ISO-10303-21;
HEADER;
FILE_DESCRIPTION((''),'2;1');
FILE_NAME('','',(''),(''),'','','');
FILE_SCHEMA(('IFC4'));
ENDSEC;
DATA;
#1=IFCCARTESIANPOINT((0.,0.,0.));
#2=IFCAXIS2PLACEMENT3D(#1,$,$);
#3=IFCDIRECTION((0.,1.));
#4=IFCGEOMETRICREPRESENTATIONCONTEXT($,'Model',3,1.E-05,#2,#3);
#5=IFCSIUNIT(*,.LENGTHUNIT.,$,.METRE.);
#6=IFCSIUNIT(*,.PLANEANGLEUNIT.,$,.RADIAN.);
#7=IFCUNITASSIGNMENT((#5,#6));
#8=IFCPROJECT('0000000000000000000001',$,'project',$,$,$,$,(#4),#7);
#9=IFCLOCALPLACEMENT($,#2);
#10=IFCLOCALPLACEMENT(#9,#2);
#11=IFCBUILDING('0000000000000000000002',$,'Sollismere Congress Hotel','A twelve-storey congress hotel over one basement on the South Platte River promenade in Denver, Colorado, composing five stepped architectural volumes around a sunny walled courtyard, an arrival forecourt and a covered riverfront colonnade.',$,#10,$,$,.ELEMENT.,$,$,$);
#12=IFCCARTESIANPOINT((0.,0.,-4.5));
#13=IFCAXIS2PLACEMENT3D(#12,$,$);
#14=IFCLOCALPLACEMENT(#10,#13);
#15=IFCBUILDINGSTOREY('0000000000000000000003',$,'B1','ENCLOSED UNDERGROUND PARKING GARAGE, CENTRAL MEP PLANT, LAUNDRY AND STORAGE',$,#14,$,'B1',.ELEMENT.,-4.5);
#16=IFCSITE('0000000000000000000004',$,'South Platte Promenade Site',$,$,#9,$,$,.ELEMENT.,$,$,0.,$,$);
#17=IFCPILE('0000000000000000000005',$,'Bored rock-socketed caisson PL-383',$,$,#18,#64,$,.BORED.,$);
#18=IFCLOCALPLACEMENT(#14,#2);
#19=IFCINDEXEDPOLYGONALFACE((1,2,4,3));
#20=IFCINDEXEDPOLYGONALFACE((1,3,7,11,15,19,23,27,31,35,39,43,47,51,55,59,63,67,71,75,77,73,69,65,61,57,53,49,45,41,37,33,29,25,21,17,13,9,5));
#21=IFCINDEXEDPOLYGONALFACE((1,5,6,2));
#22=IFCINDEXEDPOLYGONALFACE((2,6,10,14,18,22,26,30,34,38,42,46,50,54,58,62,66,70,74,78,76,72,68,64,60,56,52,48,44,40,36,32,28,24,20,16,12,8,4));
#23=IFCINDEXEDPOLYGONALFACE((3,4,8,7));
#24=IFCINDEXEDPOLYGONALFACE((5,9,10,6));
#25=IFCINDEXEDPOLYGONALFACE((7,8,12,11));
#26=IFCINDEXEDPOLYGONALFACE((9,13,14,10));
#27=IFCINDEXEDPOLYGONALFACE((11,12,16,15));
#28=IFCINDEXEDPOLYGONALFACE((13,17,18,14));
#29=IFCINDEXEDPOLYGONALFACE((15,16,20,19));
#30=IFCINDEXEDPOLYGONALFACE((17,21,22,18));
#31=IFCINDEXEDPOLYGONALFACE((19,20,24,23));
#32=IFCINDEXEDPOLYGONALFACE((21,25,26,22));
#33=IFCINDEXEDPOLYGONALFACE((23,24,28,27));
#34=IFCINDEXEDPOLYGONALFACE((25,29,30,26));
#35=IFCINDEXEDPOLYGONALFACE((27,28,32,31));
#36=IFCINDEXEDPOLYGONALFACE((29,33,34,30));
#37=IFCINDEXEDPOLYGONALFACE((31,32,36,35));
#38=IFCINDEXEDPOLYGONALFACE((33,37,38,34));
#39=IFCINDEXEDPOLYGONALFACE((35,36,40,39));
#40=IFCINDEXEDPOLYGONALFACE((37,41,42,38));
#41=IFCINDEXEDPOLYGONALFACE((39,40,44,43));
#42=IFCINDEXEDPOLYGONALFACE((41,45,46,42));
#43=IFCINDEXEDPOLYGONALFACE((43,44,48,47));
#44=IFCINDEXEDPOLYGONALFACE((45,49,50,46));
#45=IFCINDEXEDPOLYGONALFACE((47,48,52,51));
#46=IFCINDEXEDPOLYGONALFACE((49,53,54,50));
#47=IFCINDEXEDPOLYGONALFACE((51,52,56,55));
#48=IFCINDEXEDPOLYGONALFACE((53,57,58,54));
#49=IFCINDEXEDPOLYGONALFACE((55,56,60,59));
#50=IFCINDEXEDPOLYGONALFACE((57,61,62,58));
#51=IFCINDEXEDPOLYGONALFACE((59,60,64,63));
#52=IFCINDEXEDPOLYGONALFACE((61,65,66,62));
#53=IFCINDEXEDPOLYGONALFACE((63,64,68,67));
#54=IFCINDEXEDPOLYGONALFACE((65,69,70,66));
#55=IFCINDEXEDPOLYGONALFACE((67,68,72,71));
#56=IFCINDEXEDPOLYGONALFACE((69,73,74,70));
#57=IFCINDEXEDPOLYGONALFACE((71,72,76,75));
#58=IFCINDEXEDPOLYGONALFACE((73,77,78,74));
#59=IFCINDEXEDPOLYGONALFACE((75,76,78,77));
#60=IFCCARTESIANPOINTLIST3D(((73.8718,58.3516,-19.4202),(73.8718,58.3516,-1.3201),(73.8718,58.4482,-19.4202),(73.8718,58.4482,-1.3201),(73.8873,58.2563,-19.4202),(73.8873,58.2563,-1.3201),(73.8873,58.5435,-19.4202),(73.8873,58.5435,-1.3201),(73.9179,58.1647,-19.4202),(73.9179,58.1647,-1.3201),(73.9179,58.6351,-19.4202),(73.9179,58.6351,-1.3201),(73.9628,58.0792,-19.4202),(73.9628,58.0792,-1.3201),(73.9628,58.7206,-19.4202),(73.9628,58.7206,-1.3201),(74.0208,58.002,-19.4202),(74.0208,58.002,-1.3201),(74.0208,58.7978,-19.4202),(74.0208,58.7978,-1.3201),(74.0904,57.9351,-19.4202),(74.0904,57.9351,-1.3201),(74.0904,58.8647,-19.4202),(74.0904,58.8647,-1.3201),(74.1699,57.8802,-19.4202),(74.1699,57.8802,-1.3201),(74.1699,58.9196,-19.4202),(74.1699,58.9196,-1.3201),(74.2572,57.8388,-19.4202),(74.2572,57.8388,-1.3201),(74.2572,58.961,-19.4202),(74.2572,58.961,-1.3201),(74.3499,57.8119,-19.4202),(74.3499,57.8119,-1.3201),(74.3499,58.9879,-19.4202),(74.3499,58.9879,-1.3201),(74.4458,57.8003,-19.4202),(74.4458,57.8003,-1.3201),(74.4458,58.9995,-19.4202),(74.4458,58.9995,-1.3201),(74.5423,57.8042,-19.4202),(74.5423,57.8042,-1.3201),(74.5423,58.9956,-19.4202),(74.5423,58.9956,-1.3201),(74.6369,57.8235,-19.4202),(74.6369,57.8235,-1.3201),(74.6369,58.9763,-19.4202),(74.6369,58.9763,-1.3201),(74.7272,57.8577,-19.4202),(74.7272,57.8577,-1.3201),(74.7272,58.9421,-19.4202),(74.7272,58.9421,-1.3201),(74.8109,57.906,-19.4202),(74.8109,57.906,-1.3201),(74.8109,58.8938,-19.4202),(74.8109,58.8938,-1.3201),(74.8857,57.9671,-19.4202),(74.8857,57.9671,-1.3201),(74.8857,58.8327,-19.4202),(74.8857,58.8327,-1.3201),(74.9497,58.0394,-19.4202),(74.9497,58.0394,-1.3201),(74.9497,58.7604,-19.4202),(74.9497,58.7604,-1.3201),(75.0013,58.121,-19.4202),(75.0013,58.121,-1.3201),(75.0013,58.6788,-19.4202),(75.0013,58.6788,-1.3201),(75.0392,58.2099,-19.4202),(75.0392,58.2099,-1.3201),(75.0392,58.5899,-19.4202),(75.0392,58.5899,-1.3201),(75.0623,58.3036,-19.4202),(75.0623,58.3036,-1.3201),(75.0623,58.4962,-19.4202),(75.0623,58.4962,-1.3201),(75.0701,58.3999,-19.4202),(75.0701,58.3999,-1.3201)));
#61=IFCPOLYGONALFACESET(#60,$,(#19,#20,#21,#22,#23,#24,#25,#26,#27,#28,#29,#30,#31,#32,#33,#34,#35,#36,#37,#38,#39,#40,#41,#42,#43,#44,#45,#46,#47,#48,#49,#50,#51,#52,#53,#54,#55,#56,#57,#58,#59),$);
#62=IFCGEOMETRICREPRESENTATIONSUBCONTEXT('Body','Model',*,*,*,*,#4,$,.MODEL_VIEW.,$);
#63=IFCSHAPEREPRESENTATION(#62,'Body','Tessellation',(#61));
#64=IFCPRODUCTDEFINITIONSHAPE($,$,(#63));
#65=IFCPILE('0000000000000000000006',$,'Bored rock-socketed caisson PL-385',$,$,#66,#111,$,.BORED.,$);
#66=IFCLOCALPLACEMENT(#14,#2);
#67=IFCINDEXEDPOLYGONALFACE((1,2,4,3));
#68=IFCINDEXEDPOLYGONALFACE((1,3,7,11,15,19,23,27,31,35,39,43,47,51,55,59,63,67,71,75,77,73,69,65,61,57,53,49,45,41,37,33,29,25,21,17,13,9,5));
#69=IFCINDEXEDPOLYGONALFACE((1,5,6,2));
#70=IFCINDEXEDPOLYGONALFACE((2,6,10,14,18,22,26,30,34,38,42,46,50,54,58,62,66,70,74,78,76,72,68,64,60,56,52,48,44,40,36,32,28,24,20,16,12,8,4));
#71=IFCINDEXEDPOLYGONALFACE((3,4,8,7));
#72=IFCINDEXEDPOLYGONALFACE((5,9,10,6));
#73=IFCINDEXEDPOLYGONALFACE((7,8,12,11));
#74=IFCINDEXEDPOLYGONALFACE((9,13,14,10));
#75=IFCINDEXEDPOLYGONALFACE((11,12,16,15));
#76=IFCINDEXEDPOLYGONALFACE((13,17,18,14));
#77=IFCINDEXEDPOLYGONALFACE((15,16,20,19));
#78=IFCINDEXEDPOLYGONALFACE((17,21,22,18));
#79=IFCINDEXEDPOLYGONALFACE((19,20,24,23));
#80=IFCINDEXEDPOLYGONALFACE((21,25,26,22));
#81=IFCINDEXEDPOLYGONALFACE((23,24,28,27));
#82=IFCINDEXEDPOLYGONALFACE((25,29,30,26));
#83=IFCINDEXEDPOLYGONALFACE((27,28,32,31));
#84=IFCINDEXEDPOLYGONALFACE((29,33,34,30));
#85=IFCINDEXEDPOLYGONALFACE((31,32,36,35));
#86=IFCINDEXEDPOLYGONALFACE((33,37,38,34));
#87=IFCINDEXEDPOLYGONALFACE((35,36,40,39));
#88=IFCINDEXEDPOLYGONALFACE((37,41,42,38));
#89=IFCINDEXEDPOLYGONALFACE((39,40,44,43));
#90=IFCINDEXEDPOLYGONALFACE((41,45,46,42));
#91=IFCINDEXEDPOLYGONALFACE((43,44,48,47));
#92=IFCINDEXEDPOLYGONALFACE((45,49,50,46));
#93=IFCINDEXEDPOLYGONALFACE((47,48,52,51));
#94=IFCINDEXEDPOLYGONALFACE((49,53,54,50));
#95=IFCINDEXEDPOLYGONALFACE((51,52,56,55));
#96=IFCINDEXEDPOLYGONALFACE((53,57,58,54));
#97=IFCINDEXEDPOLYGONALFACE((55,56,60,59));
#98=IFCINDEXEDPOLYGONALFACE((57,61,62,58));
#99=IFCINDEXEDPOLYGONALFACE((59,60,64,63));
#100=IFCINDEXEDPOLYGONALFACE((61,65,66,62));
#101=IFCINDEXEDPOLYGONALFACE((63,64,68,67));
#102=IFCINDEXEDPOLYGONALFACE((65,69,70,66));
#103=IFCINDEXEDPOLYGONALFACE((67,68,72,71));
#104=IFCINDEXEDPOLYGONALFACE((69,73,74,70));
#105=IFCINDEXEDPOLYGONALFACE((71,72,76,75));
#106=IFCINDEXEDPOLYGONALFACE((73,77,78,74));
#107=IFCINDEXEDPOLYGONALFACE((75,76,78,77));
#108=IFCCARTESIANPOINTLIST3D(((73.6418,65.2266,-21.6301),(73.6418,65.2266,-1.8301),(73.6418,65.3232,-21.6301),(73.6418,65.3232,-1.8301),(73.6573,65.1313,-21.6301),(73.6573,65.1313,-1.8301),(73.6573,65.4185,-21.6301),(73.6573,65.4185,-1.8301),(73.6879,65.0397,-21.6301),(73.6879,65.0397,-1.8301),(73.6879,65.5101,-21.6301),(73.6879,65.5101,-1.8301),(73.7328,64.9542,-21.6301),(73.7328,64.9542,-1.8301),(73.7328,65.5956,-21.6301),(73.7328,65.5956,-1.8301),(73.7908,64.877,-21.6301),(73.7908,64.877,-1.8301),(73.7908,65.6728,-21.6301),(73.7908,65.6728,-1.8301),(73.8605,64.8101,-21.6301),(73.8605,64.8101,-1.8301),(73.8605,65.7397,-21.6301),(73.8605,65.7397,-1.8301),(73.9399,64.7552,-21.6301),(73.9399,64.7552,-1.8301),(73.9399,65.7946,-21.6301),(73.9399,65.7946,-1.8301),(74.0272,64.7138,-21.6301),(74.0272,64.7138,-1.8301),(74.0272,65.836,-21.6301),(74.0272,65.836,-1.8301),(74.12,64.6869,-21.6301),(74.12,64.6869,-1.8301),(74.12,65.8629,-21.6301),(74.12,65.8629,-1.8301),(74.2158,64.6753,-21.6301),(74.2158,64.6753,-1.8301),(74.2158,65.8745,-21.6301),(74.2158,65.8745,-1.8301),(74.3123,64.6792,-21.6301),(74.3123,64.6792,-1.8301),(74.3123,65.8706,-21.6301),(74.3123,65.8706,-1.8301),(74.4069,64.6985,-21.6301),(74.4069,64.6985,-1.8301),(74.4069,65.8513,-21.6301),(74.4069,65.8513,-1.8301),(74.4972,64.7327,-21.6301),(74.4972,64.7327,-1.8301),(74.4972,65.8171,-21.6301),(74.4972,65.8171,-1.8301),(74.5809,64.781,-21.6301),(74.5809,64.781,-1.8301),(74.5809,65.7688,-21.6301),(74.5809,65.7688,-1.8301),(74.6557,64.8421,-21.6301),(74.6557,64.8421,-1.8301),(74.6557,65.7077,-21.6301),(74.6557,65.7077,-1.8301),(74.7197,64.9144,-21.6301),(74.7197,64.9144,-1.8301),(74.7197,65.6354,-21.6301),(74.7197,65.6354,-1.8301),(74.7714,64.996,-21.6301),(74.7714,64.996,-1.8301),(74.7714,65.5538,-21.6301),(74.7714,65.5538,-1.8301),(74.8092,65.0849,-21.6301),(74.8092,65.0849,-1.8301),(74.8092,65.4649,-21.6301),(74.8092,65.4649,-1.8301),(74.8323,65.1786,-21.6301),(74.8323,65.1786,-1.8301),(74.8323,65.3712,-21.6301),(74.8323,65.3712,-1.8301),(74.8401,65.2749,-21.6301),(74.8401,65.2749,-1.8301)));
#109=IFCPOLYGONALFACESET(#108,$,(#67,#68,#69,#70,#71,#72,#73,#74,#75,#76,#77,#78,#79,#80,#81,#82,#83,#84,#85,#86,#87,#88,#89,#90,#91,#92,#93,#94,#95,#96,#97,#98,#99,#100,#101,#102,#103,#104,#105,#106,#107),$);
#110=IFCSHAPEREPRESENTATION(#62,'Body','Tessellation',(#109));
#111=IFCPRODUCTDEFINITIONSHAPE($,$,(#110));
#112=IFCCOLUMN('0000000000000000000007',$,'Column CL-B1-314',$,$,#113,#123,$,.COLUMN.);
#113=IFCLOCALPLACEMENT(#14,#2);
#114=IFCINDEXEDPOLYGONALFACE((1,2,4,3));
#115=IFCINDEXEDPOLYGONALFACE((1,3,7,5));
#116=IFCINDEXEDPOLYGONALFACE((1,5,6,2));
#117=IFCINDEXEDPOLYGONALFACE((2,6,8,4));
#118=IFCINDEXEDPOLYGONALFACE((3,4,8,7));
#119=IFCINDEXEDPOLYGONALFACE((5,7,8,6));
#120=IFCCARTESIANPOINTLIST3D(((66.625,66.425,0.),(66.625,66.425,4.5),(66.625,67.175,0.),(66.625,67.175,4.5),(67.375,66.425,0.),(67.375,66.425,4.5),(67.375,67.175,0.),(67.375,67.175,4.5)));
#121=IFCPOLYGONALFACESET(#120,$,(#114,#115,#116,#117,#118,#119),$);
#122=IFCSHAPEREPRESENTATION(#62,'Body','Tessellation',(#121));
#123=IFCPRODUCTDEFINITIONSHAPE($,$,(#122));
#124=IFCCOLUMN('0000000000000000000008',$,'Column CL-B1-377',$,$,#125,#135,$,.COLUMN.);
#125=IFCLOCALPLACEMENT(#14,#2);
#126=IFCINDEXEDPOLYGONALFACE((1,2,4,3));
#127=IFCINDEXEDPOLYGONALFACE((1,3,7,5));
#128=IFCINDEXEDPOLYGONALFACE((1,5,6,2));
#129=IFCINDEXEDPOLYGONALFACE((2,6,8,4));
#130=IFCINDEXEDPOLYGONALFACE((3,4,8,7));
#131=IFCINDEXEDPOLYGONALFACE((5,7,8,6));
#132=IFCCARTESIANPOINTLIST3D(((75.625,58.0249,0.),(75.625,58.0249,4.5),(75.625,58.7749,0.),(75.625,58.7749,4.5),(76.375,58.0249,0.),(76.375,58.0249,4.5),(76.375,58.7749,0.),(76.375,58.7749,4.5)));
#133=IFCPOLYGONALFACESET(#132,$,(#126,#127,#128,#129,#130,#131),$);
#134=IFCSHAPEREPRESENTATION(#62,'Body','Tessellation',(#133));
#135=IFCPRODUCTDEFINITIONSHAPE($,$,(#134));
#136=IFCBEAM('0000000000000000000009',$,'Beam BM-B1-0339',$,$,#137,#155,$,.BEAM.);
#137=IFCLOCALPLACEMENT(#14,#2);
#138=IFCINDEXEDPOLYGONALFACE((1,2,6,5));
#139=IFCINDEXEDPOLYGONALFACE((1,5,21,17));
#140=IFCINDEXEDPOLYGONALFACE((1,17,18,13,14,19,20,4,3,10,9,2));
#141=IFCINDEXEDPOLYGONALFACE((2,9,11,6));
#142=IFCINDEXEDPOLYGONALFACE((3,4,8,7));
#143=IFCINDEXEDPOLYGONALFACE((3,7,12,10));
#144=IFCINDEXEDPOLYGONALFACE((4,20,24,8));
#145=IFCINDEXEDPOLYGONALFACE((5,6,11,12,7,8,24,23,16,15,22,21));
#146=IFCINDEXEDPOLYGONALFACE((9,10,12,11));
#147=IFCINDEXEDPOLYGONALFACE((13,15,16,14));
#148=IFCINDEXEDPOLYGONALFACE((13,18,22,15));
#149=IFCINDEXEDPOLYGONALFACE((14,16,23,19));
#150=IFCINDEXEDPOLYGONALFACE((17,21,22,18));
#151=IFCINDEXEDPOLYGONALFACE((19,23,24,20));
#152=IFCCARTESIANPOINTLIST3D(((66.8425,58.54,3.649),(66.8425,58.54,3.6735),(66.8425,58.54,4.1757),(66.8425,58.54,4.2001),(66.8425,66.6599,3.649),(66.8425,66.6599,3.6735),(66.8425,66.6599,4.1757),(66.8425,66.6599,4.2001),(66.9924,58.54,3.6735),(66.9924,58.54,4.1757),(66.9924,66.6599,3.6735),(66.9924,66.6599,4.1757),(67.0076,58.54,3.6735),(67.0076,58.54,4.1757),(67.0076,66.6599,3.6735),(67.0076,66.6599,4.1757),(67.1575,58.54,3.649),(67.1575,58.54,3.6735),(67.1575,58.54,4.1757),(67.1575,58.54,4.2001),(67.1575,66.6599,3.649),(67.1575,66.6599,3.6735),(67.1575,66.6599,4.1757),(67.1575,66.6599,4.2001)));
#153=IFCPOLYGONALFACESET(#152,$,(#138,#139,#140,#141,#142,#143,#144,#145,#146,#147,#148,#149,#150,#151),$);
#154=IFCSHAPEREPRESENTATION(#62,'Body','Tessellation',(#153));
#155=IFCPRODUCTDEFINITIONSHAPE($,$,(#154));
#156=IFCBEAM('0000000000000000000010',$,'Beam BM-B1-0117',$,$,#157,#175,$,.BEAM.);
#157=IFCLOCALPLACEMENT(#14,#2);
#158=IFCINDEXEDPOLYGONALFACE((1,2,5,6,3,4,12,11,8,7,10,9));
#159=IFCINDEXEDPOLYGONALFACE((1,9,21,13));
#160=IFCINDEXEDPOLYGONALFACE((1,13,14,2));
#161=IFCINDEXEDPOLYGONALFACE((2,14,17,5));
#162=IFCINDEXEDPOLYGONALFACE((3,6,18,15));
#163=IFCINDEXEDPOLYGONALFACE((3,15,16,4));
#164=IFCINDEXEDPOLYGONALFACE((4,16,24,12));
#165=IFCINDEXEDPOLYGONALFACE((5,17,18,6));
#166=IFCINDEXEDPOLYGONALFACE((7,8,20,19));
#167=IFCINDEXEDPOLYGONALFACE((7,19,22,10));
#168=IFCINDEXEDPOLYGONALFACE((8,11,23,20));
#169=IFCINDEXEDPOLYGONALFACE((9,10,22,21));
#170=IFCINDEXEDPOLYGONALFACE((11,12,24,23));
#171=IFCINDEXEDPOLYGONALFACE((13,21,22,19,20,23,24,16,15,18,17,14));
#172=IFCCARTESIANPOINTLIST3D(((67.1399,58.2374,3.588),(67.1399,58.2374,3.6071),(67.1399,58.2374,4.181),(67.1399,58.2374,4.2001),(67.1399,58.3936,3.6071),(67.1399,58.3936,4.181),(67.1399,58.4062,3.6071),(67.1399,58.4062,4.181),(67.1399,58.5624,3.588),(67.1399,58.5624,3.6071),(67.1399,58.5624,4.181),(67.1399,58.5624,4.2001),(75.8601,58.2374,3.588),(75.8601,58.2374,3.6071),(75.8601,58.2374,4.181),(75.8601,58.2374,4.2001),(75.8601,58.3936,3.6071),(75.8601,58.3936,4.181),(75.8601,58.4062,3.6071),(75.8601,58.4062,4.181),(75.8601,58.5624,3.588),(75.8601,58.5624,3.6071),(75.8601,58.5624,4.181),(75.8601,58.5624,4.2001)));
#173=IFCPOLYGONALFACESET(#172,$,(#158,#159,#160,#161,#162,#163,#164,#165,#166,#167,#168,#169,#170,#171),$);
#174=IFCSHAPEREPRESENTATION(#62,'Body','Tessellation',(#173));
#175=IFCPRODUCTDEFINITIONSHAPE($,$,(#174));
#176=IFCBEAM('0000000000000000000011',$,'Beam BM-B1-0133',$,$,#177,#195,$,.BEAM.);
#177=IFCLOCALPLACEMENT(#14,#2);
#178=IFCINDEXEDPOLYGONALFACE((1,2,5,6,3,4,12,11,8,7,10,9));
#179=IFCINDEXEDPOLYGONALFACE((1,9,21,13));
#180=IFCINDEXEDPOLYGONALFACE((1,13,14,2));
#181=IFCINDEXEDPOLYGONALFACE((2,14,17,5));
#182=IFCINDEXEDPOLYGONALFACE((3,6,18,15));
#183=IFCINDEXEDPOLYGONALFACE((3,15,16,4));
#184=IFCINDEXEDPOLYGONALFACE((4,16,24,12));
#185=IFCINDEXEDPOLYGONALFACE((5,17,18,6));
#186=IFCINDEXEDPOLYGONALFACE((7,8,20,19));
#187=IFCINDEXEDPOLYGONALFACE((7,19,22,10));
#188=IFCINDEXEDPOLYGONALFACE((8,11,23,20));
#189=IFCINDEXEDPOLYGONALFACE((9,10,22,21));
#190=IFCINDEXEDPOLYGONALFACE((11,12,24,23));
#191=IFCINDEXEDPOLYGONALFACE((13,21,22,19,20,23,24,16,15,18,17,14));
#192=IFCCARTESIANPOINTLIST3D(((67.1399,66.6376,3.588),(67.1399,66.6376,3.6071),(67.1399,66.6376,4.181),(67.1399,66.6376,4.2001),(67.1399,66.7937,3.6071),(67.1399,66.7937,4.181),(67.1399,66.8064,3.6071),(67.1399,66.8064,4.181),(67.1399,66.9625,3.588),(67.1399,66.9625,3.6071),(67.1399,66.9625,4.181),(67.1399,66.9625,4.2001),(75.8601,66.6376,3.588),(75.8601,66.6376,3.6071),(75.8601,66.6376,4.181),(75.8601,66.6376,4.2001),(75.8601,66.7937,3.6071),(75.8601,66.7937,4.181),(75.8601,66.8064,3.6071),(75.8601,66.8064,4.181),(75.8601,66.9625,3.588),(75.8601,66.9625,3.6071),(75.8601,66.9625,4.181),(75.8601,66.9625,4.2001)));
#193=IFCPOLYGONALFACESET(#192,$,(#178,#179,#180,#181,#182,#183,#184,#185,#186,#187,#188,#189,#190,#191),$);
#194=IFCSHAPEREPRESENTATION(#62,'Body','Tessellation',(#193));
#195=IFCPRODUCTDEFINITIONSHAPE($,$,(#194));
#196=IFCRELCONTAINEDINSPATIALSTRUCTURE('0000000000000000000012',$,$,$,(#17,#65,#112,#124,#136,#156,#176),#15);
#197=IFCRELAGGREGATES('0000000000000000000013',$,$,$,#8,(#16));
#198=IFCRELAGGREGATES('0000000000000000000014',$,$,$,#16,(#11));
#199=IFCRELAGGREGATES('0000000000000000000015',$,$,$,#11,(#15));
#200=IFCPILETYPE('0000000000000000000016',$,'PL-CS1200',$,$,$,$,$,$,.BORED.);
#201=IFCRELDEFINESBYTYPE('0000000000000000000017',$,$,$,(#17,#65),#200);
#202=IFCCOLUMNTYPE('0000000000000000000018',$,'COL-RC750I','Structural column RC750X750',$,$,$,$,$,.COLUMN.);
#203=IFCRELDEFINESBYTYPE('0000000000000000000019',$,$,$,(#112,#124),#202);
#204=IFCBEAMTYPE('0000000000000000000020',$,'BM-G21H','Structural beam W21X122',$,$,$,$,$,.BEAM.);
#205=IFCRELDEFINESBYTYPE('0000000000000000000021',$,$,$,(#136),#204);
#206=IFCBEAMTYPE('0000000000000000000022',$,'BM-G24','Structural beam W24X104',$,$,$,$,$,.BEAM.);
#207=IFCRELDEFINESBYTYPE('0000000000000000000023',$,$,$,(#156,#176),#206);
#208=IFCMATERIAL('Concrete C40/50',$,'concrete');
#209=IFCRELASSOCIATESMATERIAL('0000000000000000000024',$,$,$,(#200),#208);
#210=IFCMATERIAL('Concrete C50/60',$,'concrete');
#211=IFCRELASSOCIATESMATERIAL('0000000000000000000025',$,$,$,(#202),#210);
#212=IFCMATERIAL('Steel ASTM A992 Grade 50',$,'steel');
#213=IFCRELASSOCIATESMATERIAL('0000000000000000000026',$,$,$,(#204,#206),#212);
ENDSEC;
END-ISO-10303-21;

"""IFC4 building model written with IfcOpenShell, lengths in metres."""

from ifc_helpers import new_model, si_unit, direction, frame, origin, origin_2d, place, context, subcontext, project, spatial, rectangle, circle, i_section, extrude, material, material_profile, profile_set, type_object, element, save


model = new_model("IFC4")

# Units and contexts
model_context = context("Model", 3, precision=1e-05, world=origin(), true_north=direction((0.0, 1.0)))
body_context = subcontext(model_context, "Body", "Model", "MODEL_VIEW")
ifc_project = project(units=[si_unit("LENGTHUNIT", "METRE"), si_unit("PLANEANGLEUNIT", "RADIAN")], contexts=[model_context])

# Site, building, storey
site_placement = place(None, origin())
site = spatial("IfcSite", under=ifc_project, at=site_placement, Name="South Platte Promenade Site", CompositionType="ELEMENT", RefElevation=0.0)
building_placement = place(site_placement, origin())
building = spatial("IfcBuilding", under=site, at=building_placement, Name="Sollismere Congress Hotel", Description="A twelve-storey congress hotel over one basement on the South Platte River promenade in Denver, Colorado, composing five stepped architectural volumes around a sunny walled courtyard, an arrival forecourt and a covered riverfront colonnade.", CompositionType="ELEMENT")
storey_placement = place(building_placement, frame((0.0, 0.0, -4.5)))
storey = spatial("IfcBuildingStorey", under=building, at=storey_placement, Name="B1", Description="ENCLOSED UNDERGROUND PARKING GARAGE, CENTRAL MEP PLANT, LAUNDRY AND STORAGE", LongName="B1", CompositionType="ELEMENT", Elevation=-4.5)

# Shared definitions
ifc_material_1 = material(Name="Concrete C40/50", Category="concrete")

# Piles
ifc_material_profile_1 = material_profile(ifc_material_1, circle(Radius=0.6001, at=origin_2d()), Name="CAISSON1200")
ifc_profile_set_1 = profile_set([ifc_material_profile_1], Name="Concrete C40/50")
pile_type = type_object("IfcPileType", Name="PL-CS1200", PredefinedType="BORED", material=ifc_profile_set_1)
pile_1_placement = place(storey_placement, frame((74.47, 58.3999, -1.3201), z_axis=(0.0, 0.0, -1.0), x_axis=(1.0, 0.0, 0.0)))
element("IfcPile", 1, at=pile_1_placement, inside=storey, type_object=pile_type, Name="Bored rock-socketed caisson PL-383", PredefinedType="BORED", context=body_context, shape_type="SweptSolid", body=[
    extrude(circle(Radius=0.6001, at=origin_2d()), origin(), (0.0, 0.0, 1.0), 18.1001),
])
pile_2_placement = place(storey_placement, frame((74.24, 65.2749, -1.8301), z_axis=(0.0, 0.0, -1.0), x_axis=(1.0, 0.0, 0.0)))
element("IfcPile", 2, at=pile_2_placement, inside=storey, type_object=pile_type, Name="Bored rock-socketed caisson PL-385", PredefinedType="BORED", context=body_context, shape_type="SweptSolid", body=[
    extrude(circle(Radius=0.6001, at=origin_2d()), origin(), (0.0, 0.0, 1.0), 19.8),
])

# Columns
ifc_material_2 = material(Name="Concrete C50/60", Category="concrete")
ifc_material_profile_2 = material_profile(ifc_material_2, rectangle(XDim=0.75, YDim=0.75, at=origin_2d()), Name="RC750X750")
ifc_profile_set_2 = profile_set([ifc_material_profile_2], Name="Concrete C50/60")
column_type = type_object("IfcColumnType", Name="COL-RC750I", Description="Structural column RC750X750", PredefinedType="COLUMN", material=ifc_profile_set_2)
for number, where, z_axis, x_axis, name in (
    (3, (67.0, 66.8, 0.0), (0.0, 0.0, 1.0), (0.0, 1.0, 0.0), "Column CL-B1-314"),
    (4, (76.0, 58.3999, 0.0), (0.0, 0.0, 1.0), (1.0, 0.0, 0.0), "Column CL-B1-377"),
):
    element("IfcColumn", number, at=place(storey_placement, frame(where, z_axis=z_axis, x_axis=x_axis)), inside=storey, type_object=column_type, Name=name, PredefinedType="COLUMN", context=body_context, shape_type="SweptSolid", body=[
        extrude(rectangle(XDim=0.75, YDim=0.75, at=origin_2d()), origin(), (0.0, 0.0, 1.0), 4.5),
    ])

# Beams
ifc_material_3 = material(Name="Steel ASTM A992 Grade 50", Category="steel")
ifc_material_profile_3 = material_profile(ifc_material_3, i_section(OverallWidth=0.3149, OverallDepth=0.551, WebThickness=0.0151, FlangeThickness=0.0244, at=origin_2d()), Name="W21X122")
ifc_profile_set_3 = profile_set([ifc_material_profile_3], Name="Steel ASTM A992 Grade 50")
beam_type_1 = type_object("IfcBeamType", Name="BM-G21H", Description="Structural beam W21X122", PredefinedType="BEAM", material=ifc_profile_set_3)
beam_placement = place(storey_placement, frame((67.0, 58.54, 3.9246), z_axis=(0.0, 1.0, 0.0), x_axis=(-1.0, 0.0, 0.0)))
element("IfcBeam", 5, at=beam_placement, inside=storey, type_object=beam_type_1, Name="Beam BM-B1-0339", PredefinedType="BEAM", context=body_context, shape_type="SweptSolid", body=[
    extrude(i_section(OverallWidth=0.3149, OverallDepth=0.551, WebThickness=0.0151, FlangeThickness=0.0244, at=origin_2d()), origin(), (0.0, 0.0, 1.0), 8.1199),
])
ifc_material_profile_4 = material_profile(ifc_material_3, i_section(OverallWidth=0.325, OverallDepth=0.6121, WebThickness=0.0127, FlangeThickness=0.019, at=origin_2d()), Name="W24X104")
ifc_profile_set_4 = profile_set([ifc_material_profile_4], Name="Steel ASTM A992 Grade 50")
beam_type_2 = type_object("IfcBeamType", Name="BM-G24", Description="Structural beam W24X104", PredefinedType="BEAM", material=ifc_profile_set_4)
for number, where, z_axis, x_axis, name in (
    (6, (67.1399, 58.3999, 3.894), (1.0, 0.0, 0.0), (0.0, 1.0, 0.0), "Beam BM-B1-0117"),
    (7, (67.1399, 66.8, 3.894), (1.0, 0.0, 0.0), (0.0, 1.0, 0.0), "Beam BM-B1-0133"),
):
    element("IfcBeam", number, at=place(storey_placement, frame(where, z_axis=z_axis, x_axis=x_axis)), inside=storey, type_object=beam_type_2, Name=name, PredefinedType="BEAM", context=body_context, shape_type="SweptSolid", body=[
        extrude(i_section(OverallWidth=0.325, OverallDepth=0.6121, WebThickness=0.0127, FlangeThickness=0.019, at=origin_2d()), origin(), (0.0, 0.0, 1.0), 8.7202),
    ])

save(model, "model.ifc")
